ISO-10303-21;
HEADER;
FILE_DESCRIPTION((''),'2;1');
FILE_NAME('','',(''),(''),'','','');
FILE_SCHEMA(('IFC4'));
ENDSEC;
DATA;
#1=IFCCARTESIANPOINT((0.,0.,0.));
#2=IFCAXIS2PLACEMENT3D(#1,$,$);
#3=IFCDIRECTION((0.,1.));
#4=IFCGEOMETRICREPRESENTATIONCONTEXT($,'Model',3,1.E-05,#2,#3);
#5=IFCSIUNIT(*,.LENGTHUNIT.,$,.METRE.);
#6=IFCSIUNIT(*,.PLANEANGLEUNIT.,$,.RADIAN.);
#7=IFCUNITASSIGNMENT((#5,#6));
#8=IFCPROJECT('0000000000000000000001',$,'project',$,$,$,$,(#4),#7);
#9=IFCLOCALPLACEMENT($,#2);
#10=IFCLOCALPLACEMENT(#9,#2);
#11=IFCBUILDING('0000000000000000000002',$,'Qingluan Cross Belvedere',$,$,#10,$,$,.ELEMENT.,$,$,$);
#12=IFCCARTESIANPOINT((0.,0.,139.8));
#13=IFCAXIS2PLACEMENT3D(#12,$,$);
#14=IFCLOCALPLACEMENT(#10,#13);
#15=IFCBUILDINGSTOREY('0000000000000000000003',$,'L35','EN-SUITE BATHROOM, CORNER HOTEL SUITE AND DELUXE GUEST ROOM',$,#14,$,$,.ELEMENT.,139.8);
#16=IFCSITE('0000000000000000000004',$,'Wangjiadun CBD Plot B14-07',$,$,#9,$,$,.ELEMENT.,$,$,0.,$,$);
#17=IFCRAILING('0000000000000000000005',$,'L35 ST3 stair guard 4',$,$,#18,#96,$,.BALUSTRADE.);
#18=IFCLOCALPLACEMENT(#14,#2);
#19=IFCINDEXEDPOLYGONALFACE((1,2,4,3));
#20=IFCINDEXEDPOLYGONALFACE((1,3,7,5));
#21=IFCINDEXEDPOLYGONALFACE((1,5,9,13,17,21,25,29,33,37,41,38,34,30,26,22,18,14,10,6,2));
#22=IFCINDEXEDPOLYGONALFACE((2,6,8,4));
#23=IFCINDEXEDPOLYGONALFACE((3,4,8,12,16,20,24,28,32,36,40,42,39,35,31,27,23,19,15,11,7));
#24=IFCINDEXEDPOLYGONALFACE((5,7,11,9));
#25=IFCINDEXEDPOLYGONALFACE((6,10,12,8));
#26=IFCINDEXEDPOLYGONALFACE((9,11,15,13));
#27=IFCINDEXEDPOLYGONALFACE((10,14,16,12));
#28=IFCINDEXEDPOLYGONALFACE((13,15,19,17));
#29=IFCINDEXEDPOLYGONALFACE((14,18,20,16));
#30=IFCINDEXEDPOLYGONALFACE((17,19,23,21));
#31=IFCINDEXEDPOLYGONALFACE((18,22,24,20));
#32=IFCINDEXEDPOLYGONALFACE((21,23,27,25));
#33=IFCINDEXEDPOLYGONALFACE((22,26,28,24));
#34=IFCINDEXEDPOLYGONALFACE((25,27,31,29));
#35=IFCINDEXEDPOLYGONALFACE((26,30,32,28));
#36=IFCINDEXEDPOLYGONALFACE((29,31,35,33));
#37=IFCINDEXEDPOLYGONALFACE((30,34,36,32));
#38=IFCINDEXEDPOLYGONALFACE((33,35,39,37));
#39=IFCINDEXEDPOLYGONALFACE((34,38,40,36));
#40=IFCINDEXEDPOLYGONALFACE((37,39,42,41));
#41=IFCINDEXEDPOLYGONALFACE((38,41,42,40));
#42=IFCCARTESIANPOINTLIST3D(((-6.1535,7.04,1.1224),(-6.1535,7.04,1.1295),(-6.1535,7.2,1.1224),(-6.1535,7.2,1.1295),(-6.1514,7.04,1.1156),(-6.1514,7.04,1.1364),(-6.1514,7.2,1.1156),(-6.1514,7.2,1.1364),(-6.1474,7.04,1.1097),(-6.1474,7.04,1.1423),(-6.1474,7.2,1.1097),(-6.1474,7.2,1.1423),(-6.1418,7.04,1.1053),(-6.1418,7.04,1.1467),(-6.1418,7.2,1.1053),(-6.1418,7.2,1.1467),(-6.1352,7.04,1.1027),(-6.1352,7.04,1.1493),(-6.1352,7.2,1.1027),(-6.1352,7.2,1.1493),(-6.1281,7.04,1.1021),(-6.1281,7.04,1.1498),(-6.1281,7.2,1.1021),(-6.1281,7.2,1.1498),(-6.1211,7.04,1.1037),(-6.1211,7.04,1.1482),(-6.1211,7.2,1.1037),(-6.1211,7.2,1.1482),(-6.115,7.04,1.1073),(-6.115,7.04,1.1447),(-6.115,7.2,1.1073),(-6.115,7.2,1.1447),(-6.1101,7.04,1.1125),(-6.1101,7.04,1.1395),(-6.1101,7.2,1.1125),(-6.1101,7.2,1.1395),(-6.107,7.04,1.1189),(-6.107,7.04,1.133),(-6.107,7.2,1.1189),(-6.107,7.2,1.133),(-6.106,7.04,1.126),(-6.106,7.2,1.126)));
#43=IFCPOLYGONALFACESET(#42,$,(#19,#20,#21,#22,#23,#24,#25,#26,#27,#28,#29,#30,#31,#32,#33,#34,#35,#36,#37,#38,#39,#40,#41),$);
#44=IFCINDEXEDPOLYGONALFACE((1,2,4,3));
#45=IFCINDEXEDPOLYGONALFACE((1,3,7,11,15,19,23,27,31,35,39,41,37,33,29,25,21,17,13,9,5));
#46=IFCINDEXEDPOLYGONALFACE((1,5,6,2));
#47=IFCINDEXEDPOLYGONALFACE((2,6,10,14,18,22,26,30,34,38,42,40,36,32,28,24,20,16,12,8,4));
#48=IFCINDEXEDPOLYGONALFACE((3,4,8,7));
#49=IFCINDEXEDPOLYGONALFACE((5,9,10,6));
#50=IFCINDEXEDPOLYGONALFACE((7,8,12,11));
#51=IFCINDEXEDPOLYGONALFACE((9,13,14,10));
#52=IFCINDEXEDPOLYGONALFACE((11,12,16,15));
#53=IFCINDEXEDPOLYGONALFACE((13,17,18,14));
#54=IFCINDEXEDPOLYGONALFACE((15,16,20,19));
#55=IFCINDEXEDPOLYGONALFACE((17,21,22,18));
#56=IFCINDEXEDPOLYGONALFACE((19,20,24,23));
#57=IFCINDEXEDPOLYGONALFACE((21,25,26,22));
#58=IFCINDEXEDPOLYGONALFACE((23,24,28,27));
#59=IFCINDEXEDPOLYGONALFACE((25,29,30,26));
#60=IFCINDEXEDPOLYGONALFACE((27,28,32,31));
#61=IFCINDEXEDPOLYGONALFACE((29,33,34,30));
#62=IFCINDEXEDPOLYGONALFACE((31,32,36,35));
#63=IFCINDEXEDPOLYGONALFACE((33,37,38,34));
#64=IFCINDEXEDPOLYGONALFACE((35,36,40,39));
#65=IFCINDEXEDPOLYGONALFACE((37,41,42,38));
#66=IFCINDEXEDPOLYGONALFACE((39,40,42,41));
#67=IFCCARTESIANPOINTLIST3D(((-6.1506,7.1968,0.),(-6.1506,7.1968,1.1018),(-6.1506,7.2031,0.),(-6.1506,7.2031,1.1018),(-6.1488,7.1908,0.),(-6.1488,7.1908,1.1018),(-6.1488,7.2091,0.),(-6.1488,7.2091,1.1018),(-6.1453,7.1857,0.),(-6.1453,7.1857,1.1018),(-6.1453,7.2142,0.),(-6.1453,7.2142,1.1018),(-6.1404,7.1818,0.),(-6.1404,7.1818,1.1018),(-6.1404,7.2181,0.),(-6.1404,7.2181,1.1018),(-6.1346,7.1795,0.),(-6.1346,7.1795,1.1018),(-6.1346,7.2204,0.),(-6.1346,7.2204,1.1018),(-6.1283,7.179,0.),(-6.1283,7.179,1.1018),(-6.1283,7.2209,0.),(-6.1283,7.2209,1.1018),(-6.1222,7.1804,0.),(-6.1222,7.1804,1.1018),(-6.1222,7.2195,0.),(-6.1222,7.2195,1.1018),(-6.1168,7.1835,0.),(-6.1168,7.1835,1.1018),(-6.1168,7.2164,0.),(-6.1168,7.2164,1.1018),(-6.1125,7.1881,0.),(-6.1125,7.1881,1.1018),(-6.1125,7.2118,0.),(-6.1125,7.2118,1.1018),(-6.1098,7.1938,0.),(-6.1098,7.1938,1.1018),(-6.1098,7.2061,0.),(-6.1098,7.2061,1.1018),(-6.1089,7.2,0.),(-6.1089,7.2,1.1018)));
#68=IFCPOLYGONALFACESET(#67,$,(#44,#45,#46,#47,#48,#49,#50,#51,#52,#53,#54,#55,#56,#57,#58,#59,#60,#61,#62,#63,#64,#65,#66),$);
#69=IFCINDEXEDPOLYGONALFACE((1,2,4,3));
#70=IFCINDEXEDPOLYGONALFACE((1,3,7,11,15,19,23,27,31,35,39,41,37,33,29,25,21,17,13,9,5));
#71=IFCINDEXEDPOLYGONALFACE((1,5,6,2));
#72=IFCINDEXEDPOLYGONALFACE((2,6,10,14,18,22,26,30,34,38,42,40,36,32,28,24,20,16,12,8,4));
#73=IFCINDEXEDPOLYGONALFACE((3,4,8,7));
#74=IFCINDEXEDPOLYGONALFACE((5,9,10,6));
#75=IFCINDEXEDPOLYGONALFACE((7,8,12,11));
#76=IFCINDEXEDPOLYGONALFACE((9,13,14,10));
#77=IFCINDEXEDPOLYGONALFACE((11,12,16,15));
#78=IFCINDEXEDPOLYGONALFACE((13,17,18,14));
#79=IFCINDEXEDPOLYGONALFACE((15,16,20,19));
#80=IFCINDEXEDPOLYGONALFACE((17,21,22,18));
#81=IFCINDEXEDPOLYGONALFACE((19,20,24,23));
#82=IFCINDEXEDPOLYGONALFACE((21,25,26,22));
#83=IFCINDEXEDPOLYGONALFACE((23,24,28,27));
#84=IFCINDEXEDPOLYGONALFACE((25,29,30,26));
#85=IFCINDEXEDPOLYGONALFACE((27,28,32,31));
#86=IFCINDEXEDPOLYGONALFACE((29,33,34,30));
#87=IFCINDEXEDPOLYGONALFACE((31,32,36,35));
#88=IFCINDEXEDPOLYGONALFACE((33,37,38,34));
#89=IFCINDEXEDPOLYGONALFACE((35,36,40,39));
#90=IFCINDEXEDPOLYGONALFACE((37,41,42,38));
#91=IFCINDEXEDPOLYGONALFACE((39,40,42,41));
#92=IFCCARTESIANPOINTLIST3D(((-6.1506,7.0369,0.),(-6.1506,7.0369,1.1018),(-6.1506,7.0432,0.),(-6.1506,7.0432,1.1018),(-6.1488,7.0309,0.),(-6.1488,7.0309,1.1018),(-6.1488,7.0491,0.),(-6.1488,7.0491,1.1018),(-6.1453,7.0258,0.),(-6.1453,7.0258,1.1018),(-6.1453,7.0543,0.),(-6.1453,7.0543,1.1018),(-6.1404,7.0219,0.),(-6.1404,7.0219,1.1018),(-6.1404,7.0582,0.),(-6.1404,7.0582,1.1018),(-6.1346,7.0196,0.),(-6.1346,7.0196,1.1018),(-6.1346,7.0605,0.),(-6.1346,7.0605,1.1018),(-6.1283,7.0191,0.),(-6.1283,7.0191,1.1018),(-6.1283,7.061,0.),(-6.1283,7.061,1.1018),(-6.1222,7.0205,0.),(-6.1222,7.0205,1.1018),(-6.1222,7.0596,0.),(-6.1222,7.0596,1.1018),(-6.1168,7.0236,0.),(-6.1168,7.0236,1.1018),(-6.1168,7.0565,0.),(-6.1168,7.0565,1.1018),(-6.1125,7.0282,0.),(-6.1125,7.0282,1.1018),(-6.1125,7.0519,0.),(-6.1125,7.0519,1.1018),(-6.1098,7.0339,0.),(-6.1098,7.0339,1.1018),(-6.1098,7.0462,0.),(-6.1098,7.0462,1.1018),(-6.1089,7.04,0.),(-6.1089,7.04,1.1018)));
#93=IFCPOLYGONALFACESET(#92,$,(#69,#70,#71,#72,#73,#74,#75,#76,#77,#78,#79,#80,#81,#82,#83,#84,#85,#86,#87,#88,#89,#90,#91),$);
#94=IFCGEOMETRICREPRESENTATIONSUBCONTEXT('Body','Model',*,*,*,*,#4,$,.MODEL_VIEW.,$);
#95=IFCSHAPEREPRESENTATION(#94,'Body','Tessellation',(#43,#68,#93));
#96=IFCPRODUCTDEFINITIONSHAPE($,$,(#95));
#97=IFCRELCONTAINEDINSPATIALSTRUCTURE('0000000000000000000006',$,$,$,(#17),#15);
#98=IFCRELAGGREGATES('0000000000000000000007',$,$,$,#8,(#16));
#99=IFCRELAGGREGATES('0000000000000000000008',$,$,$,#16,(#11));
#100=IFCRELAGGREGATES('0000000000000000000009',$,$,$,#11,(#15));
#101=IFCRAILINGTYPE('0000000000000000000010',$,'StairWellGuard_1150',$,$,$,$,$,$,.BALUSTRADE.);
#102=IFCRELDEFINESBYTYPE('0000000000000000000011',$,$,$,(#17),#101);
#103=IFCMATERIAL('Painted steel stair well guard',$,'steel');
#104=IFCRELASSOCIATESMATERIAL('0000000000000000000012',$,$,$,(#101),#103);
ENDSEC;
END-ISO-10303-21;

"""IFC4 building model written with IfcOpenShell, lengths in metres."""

from ifc_helpers import new_model, si_unit, direction, frame, origin, origin_2d, place, context, subcontext, project, spatial, circle, extrude, material, type_object, element, save


model = new_model("IFC4")

# Units and contexts
model_context = context("Model", 3, precision=1e-05, world=origin(), true_north=direction((0.0, 1.0)))
body_context = subcontext(model_context, "Body", "Model", "MODEL_VIEW")
ifc_project = project(units=[si_unit("LENGTHUNIT", "METRE"), si_unit("PLANEANGLEUNIT", "RADIAN")], contexts=[model_context])

# Site, building, storey
site_placement = place(None, origin())
site = spatial("IfcSite", under=ifc_project, at=site_placement, Name="Wangjiadun CBD Plot B14-07", CompositionType="ELEMENT", RefElevation=0.0)
building_placement = place(site_placement, origin())
building = spatial("IfcBuilding", under=site, at=building_placement, Name="Qingluan Cross Belvedere", CompositionType="ELEMENT")
storey_placement = place(building_placement, frame((0.0, 0.0, 139.8)))
storey = spatial("IfcBuildingStorey", under=building, at=storey_placement, Name="L35", Description="EN-SUITE BATHROOM, CORNER HOTEL SUITE AND DELUXE GUEST ROOM", CompositionType="ELEMENT", Elevation=139.8)

# Railing
ifc_material_1 = material(Name="Painted steel stair well guard", Category="steel")
railing_type_1 = type_object("IfcRailingType", Name="StairWellGuard_1150", PredefinedType="BALUSTRADE", material=ifc_material_1)
railing_1_placement = place(storey_placement, frame((-6.1299, 7.2, 0.0)))
element("IfcRailing", 1, at=railing_1_placement, inside=storey, type_object=railing_type_1, Name="L35 ST3 stair guard 4", PredefinedType="BALUSTRADE", context=body_context, shape_type="SweptSolid", body=[
    extrude(circle(Radius=0.0239, at=origin_2d()), frame((0.0, 0.0, 1.126), z_axis=(0.0, -1.0, 0.0), x_axis=(1.0, 0.0, 0.0)), (0.0, 0.0, 1.0), 0.1599),
    extrude(circle(Radius=0.021, at=origin_2d()), origin(), (0.0, 0.0, 1.0), 1.1018),
    extrude(circle(Radius=0.021, at=origin_2d()), frame((0.0, -0.1599, 0.0)), (0.0, 0.0, 1.0), 1.1018),
])

save(model, "model.ifc")
